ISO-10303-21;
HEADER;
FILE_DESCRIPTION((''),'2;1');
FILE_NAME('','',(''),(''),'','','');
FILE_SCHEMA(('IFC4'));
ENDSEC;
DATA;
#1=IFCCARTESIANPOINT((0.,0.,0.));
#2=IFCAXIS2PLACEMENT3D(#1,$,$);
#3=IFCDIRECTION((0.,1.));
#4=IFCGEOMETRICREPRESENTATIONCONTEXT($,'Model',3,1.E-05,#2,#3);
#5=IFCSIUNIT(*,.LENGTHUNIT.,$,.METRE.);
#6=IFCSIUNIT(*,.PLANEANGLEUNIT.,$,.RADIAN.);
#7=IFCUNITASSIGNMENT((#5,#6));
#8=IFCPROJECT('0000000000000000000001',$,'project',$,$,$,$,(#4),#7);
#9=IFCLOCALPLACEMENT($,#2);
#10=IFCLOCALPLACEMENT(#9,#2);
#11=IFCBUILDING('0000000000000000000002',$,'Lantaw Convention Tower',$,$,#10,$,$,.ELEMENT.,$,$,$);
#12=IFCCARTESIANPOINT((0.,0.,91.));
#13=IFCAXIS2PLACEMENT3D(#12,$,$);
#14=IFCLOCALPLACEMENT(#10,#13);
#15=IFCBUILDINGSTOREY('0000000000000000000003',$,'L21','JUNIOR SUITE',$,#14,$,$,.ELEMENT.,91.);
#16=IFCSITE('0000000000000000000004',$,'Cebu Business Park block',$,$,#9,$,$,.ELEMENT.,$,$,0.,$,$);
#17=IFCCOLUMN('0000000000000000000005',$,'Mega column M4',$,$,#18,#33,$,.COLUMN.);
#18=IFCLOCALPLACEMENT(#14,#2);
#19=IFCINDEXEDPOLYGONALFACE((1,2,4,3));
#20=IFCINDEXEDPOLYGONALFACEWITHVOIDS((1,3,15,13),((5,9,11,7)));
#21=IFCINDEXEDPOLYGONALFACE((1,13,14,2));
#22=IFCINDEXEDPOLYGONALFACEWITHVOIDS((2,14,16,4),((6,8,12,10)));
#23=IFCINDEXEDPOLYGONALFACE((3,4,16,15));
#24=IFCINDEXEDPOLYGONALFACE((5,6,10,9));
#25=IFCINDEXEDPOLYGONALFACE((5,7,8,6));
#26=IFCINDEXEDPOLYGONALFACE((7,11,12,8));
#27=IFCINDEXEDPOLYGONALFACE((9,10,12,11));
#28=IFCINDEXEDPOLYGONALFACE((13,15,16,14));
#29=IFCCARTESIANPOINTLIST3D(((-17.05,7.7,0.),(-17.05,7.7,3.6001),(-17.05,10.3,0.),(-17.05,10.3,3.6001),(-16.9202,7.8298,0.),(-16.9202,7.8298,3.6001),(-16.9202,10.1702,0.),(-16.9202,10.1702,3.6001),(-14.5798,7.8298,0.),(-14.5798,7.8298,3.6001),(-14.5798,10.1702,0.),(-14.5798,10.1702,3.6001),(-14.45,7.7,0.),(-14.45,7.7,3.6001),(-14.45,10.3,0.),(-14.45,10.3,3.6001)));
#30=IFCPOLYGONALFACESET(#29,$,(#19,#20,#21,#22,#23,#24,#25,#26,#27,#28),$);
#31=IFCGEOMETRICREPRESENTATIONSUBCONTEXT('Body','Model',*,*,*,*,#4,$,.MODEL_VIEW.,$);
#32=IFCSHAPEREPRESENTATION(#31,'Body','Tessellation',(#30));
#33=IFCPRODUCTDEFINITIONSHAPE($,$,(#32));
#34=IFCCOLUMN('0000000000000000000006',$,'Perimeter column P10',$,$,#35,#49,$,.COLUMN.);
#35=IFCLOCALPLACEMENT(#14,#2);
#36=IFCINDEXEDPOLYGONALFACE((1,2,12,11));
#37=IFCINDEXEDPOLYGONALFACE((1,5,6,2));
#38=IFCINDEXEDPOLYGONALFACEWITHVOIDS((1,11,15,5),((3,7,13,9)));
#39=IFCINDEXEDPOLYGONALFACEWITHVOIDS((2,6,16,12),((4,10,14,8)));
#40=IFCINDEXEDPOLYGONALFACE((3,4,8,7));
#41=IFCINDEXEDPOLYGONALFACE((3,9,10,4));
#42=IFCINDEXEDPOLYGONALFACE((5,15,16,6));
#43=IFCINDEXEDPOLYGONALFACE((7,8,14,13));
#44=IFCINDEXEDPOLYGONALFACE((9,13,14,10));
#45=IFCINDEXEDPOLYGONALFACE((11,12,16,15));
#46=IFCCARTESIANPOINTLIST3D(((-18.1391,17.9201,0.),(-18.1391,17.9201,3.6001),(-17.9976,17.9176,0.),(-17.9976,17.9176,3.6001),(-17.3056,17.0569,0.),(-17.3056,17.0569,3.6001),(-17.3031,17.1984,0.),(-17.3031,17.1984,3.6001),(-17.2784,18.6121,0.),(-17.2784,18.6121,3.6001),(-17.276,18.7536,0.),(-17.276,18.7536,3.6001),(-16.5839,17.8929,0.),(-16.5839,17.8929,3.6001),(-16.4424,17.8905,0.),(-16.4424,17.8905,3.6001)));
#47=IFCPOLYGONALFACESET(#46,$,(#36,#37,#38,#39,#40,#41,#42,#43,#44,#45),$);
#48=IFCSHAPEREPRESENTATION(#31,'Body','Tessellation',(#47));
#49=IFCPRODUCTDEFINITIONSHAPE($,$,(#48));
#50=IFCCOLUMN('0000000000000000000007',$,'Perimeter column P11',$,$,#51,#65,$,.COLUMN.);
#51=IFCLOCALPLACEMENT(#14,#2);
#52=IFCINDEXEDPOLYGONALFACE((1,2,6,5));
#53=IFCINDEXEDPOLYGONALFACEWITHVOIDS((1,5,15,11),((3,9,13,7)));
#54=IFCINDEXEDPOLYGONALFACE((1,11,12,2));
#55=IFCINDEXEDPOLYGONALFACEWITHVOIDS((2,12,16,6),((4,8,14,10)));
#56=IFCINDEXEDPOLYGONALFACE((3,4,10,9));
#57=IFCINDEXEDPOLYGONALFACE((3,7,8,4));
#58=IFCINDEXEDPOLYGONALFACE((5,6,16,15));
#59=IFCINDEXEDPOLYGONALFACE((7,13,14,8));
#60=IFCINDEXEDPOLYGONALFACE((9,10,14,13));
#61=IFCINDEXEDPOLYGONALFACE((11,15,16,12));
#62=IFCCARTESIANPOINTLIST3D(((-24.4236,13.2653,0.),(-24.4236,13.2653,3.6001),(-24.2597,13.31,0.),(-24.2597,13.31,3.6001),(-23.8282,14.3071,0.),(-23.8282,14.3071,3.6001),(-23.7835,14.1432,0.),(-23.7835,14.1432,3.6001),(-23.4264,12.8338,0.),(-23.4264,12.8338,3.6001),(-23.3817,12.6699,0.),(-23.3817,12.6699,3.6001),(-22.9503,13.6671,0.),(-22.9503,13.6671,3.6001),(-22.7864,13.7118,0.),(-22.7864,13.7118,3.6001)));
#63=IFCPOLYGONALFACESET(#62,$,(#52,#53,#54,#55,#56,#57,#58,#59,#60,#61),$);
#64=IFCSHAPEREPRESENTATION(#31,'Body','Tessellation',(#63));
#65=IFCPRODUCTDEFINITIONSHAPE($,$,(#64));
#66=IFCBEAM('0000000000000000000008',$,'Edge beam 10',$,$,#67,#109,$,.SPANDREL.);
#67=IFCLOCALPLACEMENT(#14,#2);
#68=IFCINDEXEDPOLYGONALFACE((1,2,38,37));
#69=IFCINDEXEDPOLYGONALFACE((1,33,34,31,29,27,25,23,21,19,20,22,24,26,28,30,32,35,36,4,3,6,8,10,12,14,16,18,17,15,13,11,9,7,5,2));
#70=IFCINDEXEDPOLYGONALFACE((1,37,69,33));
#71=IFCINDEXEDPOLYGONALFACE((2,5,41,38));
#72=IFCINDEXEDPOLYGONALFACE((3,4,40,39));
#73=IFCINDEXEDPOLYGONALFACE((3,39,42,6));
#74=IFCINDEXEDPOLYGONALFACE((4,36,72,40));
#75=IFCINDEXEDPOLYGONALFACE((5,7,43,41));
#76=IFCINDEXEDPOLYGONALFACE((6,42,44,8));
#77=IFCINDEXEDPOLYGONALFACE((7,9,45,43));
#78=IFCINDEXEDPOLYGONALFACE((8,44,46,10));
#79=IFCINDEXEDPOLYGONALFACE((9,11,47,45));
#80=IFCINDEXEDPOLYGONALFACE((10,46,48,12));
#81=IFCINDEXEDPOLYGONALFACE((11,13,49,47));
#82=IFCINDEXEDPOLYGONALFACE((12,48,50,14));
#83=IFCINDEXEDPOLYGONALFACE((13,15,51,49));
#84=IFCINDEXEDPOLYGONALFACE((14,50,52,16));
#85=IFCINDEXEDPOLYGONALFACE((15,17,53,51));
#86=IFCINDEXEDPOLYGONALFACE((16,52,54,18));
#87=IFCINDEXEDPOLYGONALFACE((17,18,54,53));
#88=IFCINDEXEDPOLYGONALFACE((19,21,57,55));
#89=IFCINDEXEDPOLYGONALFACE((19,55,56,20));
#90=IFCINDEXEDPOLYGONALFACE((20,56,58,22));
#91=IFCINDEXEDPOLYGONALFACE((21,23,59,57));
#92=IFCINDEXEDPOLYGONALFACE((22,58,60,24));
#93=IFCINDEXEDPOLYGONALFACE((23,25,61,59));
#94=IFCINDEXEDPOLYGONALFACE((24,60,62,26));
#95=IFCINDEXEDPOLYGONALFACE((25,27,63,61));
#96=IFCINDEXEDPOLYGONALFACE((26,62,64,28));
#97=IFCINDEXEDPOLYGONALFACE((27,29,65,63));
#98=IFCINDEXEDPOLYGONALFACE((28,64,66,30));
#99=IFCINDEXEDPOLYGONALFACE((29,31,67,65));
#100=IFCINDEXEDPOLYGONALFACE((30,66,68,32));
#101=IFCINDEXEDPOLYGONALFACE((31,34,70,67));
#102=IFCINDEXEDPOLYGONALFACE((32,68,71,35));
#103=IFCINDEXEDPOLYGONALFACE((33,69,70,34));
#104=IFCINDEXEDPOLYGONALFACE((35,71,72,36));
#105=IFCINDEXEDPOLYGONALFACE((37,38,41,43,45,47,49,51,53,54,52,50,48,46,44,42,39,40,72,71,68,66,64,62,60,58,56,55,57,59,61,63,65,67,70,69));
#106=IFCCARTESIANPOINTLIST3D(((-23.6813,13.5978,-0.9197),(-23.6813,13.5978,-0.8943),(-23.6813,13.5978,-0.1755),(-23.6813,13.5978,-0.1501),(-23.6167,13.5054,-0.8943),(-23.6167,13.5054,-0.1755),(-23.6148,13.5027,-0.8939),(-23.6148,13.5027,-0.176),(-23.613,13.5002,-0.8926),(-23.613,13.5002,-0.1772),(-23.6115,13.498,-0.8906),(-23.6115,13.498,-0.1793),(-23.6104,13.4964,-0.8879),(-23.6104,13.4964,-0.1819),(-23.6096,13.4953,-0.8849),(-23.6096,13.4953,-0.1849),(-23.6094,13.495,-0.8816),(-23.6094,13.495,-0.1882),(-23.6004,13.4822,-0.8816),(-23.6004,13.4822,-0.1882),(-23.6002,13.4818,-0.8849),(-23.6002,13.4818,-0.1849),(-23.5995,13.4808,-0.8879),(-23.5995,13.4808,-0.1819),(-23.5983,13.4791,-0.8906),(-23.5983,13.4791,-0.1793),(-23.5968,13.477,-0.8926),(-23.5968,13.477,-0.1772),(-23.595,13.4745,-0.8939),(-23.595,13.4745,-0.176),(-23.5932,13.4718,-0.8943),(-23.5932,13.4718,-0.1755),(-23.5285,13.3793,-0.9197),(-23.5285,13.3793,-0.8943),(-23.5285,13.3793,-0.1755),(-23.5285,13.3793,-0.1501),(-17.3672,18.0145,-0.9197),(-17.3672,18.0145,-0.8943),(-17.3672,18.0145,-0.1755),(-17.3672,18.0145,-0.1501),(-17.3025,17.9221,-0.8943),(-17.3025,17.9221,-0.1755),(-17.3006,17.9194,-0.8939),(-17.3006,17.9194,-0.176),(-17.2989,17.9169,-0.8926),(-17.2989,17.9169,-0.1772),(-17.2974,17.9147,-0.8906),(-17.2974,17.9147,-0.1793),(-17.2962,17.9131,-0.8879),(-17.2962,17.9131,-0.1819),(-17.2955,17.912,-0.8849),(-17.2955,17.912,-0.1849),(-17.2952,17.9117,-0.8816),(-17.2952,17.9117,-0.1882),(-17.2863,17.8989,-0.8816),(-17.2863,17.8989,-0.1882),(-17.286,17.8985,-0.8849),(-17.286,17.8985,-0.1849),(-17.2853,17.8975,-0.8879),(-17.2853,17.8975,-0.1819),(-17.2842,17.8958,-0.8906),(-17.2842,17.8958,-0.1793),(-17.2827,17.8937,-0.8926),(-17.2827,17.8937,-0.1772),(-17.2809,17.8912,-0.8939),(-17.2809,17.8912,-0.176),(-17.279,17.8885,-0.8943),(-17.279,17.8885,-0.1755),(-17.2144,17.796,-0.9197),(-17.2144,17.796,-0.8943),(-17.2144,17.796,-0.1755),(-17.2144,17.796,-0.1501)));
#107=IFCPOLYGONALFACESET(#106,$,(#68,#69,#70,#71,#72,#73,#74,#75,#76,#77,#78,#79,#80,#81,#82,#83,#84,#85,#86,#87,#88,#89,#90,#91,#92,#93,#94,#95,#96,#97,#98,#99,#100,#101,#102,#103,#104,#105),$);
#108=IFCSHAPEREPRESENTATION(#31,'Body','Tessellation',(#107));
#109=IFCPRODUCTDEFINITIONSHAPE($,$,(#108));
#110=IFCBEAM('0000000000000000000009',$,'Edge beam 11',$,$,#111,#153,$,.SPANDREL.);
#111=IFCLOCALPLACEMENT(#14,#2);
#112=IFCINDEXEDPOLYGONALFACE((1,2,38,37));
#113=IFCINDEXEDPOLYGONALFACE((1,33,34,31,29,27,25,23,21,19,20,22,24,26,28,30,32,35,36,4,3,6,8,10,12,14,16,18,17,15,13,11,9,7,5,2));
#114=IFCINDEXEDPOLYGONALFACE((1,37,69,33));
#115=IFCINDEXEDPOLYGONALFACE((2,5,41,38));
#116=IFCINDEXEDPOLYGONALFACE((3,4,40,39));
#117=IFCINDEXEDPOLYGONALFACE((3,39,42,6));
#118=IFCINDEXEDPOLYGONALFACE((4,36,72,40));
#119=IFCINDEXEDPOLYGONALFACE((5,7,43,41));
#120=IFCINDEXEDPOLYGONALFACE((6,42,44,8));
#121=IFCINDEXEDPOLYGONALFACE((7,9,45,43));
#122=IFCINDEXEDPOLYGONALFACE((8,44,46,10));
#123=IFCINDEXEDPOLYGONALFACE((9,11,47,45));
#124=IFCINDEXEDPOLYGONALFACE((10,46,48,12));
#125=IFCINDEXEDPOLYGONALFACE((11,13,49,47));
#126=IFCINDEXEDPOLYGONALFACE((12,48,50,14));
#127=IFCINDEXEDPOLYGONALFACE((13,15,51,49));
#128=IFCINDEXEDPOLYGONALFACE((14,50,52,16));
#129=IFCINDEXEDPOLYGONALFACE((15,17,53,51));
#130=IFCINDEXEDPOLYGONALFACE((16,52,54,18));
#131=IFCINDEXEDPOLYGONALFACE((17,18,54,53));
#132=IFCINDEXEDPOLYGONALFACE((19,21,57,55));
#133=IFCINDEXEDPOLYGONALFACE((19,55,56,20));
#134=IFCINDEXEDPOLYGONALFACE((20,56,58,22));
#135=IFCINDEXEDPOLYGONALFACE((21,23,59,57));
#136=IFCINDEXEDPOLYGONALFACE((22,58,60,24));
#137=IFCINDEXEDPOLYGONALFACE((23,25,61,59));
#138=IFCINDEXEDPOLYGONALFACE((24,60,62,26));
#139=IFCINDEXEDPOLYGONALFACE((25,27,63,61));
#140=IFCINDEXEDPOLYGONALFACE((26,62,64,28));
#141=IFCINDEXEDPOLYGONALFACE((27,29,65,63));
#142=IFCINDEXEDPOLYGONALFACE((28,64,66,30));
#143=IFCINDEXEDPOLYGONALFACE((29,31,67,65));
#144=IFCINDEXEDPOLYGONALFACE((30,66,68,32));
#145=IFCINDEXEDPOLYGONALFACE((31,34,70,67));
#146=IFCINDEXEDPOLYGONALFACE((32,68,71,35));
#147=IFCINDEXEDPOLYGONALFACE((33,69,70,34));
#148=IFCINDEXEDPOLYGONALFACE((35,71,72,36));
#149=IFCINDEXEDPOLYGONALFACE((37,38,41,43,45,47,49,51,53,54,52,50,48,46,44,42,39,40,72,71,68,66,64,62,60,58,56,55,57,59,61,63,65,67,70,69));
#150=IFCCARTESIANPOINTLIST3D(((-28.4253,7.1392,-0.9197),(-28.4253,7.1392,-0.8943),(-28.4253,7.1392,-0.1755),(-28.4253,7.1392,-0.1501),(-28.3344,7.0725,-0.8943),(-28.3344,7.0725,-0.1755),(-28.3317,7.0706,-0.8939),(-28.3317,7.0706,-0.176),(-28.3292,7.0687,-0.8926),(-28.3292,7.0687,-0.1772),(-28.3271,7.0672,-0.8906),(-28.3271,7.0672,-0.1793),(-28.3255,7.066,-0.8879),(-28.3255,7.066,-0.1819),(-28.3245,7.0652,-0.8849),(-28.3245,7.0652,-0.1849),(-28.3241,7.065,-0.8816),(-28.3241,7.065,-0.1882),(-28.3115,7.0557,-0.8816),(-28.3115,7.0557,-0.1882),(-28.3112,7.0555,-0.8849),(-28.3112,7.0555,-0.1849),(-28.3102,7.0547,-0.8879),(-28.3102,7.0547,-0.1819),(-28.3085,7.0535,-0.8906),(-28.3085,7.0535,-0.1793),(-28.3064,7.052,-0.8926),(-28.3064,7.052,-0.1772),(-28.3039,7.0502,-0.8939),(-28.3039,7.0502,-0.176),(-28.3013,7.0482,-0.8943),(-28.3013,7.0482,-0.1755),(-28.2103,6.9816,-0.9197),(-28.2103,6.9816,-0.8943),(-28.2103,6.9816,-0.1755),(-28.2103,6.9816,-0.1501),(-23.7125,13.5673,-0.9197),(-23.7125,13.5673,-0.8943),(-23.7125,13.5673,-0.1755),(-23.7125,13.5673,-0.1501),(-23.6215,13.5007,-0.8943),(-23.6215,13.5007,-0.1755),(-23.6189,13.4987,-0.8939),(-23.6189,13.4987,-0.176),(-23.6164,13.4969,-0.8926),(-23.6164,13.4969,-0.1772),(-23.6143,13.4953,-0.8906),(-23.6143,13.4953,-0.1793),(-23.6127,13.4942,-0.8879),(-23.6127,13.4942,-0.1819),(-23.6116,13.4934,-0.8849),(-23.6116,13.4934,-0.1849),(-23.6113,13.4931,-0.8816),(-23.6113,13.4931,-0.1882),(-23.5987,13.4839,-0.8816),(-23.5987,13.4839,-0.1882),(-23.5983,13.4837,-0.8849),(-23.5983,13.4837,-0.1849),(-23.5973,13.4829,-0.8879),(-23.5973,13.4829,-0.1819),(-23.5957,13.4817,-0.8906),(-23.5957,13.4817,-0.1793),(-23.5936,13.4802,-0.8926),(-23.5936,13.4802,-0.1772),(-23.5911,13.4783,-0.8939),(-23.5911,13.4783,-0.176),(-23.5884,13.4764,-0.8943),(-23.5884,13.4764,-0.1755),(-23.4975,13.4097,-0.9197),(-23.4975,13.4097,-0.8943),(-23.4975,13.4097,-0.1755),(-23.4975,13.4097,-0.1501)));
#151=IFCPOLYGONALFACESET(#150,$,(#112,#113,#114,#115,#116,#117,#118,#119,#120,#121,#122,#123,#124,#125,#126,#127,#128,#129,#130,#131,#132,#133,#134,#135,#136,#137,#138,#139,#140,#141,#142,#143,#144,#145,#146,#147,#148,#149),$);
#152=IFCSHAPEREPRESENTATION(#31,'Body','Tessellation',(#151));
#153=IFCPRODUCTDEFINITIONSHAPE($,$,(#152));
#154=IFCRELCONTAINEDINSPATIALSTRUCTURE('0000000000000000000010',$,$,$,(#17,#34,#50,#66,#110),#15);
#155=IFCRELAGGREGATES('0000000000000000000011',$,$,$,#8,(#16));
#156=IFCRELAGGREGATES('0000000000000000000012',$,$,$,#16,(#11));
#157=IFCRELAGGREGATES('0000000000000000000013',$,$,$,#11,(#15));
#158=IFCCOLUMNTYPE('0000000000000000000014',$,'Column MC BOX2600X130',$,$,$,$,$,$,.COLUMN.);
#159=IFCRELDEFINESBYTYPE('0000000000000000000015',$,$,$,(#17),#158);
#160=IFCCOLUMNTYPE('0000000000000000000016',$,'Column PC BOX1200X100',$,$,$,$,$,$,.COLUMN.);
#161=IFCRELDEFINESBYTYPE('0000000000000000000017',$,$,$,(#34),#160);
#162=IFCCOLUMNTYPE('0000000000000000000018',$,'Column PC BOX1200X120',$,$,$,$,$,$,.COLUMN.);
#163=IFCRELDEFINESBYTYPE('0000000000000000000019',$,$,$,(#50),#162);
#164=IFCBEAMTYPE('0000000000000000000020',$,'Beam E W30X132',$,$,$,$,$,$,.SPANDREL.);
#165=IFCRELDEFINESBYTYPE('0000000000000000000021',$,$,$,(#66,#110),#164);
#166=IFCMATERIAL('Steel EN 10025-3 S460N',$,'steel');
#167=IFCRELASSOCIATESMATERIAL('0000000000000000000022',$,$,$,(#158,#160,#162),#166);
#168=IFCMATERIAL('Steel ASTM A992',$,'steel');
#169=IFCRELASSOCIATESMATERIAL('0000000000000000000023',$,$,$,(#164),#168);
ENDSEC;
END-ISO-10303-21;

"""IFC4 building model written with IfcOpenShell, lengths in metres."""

from ifc_helpers import new_model, si_unit, direction, frame, origin, origin_2d, place, context, subcontext, project, spatial, rectangle, hollow_rectangle, i_section, extrude, material, material_profile, profile_set, type_object, element, save


model = new_model("IFC4")

# Units and contexts
model_context = context("Model", 3, precision=1e-05, world=origin(), true_north=direction((0.0, 1.0)))
body_context = subcontext(model_context, "Body", "Model", "MODEL_VIEW")
ifc_project = project(units=[si_unit("LENGTHUNIT", "METRE"), si_unit("PLANEANGLEUNIT", "RADIAN")], contexts=[model_context])

# Site, building, storey
site_placement = place(None, origin())
site = spatial("IfcSite", under=ifc_project, at=site_placement, Name="Cebu Business Park block", CompositionType="ELEMENT", RefElevation=0.0)
building_placement = place(site_placement, origin())
building = spatial("IfcBuilding", under=site, at=building_placement, Name="Lantaw Convention Tower", CompositionType="ELEMENT")
storey_placement = place(building_placement, frame((0.0, 0.0, 91.0)))
storey = spatial("IfcBuildingStorey", under=building, at=storey_placement, Name="L21", Description="JUNIOR SUITE", CompositionType="ELEMENT", Elevation=91.0)

# Columns
ifc_material_1 = material(Name="Steel EN 10025-3 S460N", Category="steel")
ifc_material_profile_1 = material_profile(ifc_material_1, hollow_rectangle(XDim=2.6001, YDim=2.6001, WallThickness=0.1299, at=origin_2d()), Name="BOX2600X130")
ifc_material_2 = material(Name="Concrete C60/75", Category="concrete")
ifc_material_profile_2 = material_profile(ifc_material_2, rectangle(XDim=2.3401, YDim=2.3401, at=origin_2d()), Name="Concrete fill of BOX2600X130")
ifc_profile_set_1 = profile_set([ifc_material_profile_1, ifc_material_profile_2], Name="Steel EN 10025-3 S460N")
column_type_1 = type_object("IfcColumnType", Name="Column MC BOX2600X130", PredefinedType="COLUMN", material=ifc_profile_set_1)
column_1_placement = place(storey_placement, frame((-15.75, 9.0, 0.0), z_axis=(0.0, 0.0, 1.0), x_axis=(1.0, 0.0, 0.0)))
element("IfcColumn", 1, at=column_1_placement, inside=storey, type_object=column_type_1, Name="Mega column M4", PredefinedType="COLUMN", context=body_context, shape_type="SweptSolid", body=[
    extrude(hollow_rectangle(XDim=2.6001, YDim=2.6001, WallThickness=0.1299, at=origin_2d()), origin(), (0.0, 0.0, 1.0), 3.6001),
])
ifc_material_profile_3 = material_profile(ifc_material_1, hollow_rectangle(XDim=1.2, YDim=1.2, WallThickness=0.1001, at=origin_2d()), Name="BOX1200X100")
ifc_material_profile_4 = material_profile(ifc_material_2, rectangle(XDim=1.0, YDim=1.0, at=origin_2d()), Name="Concrete fill of BOX1200X100")
ifc_profile_set_2 = profile_set([ifc_material_profile_3, ifc_material_profile_4], Name="Steel EN 10025-3 S460N")
column_type_2 = type_object("IfcColumnType", Name="Column PC BOX1200X100", PredefinedType="COLUMN", material=ifc_profile_set_2)
column_2_placement = place(storey_placement, frame((-17.2908, 17.9053, 0.0), z_axis=(0.0, 0.0, 1.0), x_axis=(0.71934, 0.694658, 0.0)))
element("IfcColumn", 2, at=column_2_placement, inside=storey, type_object=column_type_2, Name="Perimeter column P10", PredefinedType="COLUMN", context=body_context, shape_type="SweptSolid", body=[
    extrude(hollow_rectangle(XDim=1.2, YDim=1.2, WallThickness=0.1001, at=origin_2d()), origin(), (0.0, 0.0, 1.0), 3.6001),
])
ifc_material_profile_5 = material_profile(ifc_material_1, hollow_rectangle(XDim=1.2, YDim=1.2, WallThickness=0.1201, at=origin_2d()), Name="BOX1200X120")
ifc_material_profile_6 = material_profile(ifc_material_2, rectangle(XDim=0.96, YDim=0.96, at=origin_2d()), Name="Concrete fill of BOX1200X120")
ifc_profile_set_3 = profile_set([ifc_material_profile_5, ifc_material_profile_6], Name="Steel EN 10025-3 S460N")
column_type_3 = type_object("IfcColumnType", Name="Column PC BOX1200X120", PredefinedType="COLUMN", material=ifc_profile_set_3)
column_3_placement = place(storey_placement, frame((-23.605, 13.4885, 0.0), z_axis=(0.0, 0.0, 1.0), x_axis=(0.496139, 0.868243, 0.0)))
element("IfcColumn", 3, at=column_3_placement, inside=storey, type_object=column_type_3, Name="Perimeter column P11", PredefinedType="COLUMN", context=body_context, shape_type="SweptSolid", body=[
    extrude(hollow_rectangle(XDim=1.2, YDim=1.2, WallThickness=0.1201, at=origin_2d()), origin(), (0.0, 0.0, 1.0), 3.6001),
])

# Beams
ifc_material_3 = material(Name="Steel ASTM A992", Category="steel")
ifc_material_profile_7 = material_profile(ifc_material_3, i_section(OverallWidth=0.2666, OverallDepth=0.7695, WebThickness=0.0156, FlangeThickness=0.0254, FilletRadius=0.0127, at=origin_2d()), Name="W30X132")
ifc_profile_set_4 = profile_set([ifc_material_profile_7], Name="Steel ASTM A992")
beam_type_1 = type_object("IfcBeamType", Name="Beam E W30X132", PredefinedType="SPANDREL", material=ifc_profile_set_4)
beam_1_placement = place(storey_placement, frame((-17.2908, 17.9053, -0.5349), z_axis=(-0.819427, -0.573184, 0.0), x_axis=(0.573184, -0.819427, 0.0)))
element("IfcBeam", 4, at=beam_1_placement, inside=storey, type_object=beam_type_1, Name="Edge beam 10", PredefinedType="SPANDREL", context=body_context, shape_type="SweptSolid", body=[
    extrude(i_section(OverallWidth=0.2666, OverallDepth=0.7695, WebThickness=0.0156, FlangeThickness=0.0254, FilletRadius=0.0127, at=origin_2d()), origin(), (0.0, 0.0, 1.0), 7.7056),
])
beam_2_placement = place(storey_placement, frame((-23.605, 13.4885, -0.5349), z_axis=(-0.591271, -0.806473, 0.0), x_axis=(0.806473, -0.591271, 0.0)))
element("IfcBeam", 5, at=beam_2_placement, inside=storey, type_object=beam_type_1, Name="Edge beam 11", PredefinedType="SPANDREL", context=body_context, shape_type="SweptSolid", body=[
    extrude(i_section(OverallWidth=0.2666, OverallDepth=0.7695, WebThickness=0.0156, FlangeThickness=0.0254, FilletRadius=0.0127, at=origin_2d()), origin(), (0.0, 0.0, 1.0), 7.9707),
])

save(model, "model.ifc")
